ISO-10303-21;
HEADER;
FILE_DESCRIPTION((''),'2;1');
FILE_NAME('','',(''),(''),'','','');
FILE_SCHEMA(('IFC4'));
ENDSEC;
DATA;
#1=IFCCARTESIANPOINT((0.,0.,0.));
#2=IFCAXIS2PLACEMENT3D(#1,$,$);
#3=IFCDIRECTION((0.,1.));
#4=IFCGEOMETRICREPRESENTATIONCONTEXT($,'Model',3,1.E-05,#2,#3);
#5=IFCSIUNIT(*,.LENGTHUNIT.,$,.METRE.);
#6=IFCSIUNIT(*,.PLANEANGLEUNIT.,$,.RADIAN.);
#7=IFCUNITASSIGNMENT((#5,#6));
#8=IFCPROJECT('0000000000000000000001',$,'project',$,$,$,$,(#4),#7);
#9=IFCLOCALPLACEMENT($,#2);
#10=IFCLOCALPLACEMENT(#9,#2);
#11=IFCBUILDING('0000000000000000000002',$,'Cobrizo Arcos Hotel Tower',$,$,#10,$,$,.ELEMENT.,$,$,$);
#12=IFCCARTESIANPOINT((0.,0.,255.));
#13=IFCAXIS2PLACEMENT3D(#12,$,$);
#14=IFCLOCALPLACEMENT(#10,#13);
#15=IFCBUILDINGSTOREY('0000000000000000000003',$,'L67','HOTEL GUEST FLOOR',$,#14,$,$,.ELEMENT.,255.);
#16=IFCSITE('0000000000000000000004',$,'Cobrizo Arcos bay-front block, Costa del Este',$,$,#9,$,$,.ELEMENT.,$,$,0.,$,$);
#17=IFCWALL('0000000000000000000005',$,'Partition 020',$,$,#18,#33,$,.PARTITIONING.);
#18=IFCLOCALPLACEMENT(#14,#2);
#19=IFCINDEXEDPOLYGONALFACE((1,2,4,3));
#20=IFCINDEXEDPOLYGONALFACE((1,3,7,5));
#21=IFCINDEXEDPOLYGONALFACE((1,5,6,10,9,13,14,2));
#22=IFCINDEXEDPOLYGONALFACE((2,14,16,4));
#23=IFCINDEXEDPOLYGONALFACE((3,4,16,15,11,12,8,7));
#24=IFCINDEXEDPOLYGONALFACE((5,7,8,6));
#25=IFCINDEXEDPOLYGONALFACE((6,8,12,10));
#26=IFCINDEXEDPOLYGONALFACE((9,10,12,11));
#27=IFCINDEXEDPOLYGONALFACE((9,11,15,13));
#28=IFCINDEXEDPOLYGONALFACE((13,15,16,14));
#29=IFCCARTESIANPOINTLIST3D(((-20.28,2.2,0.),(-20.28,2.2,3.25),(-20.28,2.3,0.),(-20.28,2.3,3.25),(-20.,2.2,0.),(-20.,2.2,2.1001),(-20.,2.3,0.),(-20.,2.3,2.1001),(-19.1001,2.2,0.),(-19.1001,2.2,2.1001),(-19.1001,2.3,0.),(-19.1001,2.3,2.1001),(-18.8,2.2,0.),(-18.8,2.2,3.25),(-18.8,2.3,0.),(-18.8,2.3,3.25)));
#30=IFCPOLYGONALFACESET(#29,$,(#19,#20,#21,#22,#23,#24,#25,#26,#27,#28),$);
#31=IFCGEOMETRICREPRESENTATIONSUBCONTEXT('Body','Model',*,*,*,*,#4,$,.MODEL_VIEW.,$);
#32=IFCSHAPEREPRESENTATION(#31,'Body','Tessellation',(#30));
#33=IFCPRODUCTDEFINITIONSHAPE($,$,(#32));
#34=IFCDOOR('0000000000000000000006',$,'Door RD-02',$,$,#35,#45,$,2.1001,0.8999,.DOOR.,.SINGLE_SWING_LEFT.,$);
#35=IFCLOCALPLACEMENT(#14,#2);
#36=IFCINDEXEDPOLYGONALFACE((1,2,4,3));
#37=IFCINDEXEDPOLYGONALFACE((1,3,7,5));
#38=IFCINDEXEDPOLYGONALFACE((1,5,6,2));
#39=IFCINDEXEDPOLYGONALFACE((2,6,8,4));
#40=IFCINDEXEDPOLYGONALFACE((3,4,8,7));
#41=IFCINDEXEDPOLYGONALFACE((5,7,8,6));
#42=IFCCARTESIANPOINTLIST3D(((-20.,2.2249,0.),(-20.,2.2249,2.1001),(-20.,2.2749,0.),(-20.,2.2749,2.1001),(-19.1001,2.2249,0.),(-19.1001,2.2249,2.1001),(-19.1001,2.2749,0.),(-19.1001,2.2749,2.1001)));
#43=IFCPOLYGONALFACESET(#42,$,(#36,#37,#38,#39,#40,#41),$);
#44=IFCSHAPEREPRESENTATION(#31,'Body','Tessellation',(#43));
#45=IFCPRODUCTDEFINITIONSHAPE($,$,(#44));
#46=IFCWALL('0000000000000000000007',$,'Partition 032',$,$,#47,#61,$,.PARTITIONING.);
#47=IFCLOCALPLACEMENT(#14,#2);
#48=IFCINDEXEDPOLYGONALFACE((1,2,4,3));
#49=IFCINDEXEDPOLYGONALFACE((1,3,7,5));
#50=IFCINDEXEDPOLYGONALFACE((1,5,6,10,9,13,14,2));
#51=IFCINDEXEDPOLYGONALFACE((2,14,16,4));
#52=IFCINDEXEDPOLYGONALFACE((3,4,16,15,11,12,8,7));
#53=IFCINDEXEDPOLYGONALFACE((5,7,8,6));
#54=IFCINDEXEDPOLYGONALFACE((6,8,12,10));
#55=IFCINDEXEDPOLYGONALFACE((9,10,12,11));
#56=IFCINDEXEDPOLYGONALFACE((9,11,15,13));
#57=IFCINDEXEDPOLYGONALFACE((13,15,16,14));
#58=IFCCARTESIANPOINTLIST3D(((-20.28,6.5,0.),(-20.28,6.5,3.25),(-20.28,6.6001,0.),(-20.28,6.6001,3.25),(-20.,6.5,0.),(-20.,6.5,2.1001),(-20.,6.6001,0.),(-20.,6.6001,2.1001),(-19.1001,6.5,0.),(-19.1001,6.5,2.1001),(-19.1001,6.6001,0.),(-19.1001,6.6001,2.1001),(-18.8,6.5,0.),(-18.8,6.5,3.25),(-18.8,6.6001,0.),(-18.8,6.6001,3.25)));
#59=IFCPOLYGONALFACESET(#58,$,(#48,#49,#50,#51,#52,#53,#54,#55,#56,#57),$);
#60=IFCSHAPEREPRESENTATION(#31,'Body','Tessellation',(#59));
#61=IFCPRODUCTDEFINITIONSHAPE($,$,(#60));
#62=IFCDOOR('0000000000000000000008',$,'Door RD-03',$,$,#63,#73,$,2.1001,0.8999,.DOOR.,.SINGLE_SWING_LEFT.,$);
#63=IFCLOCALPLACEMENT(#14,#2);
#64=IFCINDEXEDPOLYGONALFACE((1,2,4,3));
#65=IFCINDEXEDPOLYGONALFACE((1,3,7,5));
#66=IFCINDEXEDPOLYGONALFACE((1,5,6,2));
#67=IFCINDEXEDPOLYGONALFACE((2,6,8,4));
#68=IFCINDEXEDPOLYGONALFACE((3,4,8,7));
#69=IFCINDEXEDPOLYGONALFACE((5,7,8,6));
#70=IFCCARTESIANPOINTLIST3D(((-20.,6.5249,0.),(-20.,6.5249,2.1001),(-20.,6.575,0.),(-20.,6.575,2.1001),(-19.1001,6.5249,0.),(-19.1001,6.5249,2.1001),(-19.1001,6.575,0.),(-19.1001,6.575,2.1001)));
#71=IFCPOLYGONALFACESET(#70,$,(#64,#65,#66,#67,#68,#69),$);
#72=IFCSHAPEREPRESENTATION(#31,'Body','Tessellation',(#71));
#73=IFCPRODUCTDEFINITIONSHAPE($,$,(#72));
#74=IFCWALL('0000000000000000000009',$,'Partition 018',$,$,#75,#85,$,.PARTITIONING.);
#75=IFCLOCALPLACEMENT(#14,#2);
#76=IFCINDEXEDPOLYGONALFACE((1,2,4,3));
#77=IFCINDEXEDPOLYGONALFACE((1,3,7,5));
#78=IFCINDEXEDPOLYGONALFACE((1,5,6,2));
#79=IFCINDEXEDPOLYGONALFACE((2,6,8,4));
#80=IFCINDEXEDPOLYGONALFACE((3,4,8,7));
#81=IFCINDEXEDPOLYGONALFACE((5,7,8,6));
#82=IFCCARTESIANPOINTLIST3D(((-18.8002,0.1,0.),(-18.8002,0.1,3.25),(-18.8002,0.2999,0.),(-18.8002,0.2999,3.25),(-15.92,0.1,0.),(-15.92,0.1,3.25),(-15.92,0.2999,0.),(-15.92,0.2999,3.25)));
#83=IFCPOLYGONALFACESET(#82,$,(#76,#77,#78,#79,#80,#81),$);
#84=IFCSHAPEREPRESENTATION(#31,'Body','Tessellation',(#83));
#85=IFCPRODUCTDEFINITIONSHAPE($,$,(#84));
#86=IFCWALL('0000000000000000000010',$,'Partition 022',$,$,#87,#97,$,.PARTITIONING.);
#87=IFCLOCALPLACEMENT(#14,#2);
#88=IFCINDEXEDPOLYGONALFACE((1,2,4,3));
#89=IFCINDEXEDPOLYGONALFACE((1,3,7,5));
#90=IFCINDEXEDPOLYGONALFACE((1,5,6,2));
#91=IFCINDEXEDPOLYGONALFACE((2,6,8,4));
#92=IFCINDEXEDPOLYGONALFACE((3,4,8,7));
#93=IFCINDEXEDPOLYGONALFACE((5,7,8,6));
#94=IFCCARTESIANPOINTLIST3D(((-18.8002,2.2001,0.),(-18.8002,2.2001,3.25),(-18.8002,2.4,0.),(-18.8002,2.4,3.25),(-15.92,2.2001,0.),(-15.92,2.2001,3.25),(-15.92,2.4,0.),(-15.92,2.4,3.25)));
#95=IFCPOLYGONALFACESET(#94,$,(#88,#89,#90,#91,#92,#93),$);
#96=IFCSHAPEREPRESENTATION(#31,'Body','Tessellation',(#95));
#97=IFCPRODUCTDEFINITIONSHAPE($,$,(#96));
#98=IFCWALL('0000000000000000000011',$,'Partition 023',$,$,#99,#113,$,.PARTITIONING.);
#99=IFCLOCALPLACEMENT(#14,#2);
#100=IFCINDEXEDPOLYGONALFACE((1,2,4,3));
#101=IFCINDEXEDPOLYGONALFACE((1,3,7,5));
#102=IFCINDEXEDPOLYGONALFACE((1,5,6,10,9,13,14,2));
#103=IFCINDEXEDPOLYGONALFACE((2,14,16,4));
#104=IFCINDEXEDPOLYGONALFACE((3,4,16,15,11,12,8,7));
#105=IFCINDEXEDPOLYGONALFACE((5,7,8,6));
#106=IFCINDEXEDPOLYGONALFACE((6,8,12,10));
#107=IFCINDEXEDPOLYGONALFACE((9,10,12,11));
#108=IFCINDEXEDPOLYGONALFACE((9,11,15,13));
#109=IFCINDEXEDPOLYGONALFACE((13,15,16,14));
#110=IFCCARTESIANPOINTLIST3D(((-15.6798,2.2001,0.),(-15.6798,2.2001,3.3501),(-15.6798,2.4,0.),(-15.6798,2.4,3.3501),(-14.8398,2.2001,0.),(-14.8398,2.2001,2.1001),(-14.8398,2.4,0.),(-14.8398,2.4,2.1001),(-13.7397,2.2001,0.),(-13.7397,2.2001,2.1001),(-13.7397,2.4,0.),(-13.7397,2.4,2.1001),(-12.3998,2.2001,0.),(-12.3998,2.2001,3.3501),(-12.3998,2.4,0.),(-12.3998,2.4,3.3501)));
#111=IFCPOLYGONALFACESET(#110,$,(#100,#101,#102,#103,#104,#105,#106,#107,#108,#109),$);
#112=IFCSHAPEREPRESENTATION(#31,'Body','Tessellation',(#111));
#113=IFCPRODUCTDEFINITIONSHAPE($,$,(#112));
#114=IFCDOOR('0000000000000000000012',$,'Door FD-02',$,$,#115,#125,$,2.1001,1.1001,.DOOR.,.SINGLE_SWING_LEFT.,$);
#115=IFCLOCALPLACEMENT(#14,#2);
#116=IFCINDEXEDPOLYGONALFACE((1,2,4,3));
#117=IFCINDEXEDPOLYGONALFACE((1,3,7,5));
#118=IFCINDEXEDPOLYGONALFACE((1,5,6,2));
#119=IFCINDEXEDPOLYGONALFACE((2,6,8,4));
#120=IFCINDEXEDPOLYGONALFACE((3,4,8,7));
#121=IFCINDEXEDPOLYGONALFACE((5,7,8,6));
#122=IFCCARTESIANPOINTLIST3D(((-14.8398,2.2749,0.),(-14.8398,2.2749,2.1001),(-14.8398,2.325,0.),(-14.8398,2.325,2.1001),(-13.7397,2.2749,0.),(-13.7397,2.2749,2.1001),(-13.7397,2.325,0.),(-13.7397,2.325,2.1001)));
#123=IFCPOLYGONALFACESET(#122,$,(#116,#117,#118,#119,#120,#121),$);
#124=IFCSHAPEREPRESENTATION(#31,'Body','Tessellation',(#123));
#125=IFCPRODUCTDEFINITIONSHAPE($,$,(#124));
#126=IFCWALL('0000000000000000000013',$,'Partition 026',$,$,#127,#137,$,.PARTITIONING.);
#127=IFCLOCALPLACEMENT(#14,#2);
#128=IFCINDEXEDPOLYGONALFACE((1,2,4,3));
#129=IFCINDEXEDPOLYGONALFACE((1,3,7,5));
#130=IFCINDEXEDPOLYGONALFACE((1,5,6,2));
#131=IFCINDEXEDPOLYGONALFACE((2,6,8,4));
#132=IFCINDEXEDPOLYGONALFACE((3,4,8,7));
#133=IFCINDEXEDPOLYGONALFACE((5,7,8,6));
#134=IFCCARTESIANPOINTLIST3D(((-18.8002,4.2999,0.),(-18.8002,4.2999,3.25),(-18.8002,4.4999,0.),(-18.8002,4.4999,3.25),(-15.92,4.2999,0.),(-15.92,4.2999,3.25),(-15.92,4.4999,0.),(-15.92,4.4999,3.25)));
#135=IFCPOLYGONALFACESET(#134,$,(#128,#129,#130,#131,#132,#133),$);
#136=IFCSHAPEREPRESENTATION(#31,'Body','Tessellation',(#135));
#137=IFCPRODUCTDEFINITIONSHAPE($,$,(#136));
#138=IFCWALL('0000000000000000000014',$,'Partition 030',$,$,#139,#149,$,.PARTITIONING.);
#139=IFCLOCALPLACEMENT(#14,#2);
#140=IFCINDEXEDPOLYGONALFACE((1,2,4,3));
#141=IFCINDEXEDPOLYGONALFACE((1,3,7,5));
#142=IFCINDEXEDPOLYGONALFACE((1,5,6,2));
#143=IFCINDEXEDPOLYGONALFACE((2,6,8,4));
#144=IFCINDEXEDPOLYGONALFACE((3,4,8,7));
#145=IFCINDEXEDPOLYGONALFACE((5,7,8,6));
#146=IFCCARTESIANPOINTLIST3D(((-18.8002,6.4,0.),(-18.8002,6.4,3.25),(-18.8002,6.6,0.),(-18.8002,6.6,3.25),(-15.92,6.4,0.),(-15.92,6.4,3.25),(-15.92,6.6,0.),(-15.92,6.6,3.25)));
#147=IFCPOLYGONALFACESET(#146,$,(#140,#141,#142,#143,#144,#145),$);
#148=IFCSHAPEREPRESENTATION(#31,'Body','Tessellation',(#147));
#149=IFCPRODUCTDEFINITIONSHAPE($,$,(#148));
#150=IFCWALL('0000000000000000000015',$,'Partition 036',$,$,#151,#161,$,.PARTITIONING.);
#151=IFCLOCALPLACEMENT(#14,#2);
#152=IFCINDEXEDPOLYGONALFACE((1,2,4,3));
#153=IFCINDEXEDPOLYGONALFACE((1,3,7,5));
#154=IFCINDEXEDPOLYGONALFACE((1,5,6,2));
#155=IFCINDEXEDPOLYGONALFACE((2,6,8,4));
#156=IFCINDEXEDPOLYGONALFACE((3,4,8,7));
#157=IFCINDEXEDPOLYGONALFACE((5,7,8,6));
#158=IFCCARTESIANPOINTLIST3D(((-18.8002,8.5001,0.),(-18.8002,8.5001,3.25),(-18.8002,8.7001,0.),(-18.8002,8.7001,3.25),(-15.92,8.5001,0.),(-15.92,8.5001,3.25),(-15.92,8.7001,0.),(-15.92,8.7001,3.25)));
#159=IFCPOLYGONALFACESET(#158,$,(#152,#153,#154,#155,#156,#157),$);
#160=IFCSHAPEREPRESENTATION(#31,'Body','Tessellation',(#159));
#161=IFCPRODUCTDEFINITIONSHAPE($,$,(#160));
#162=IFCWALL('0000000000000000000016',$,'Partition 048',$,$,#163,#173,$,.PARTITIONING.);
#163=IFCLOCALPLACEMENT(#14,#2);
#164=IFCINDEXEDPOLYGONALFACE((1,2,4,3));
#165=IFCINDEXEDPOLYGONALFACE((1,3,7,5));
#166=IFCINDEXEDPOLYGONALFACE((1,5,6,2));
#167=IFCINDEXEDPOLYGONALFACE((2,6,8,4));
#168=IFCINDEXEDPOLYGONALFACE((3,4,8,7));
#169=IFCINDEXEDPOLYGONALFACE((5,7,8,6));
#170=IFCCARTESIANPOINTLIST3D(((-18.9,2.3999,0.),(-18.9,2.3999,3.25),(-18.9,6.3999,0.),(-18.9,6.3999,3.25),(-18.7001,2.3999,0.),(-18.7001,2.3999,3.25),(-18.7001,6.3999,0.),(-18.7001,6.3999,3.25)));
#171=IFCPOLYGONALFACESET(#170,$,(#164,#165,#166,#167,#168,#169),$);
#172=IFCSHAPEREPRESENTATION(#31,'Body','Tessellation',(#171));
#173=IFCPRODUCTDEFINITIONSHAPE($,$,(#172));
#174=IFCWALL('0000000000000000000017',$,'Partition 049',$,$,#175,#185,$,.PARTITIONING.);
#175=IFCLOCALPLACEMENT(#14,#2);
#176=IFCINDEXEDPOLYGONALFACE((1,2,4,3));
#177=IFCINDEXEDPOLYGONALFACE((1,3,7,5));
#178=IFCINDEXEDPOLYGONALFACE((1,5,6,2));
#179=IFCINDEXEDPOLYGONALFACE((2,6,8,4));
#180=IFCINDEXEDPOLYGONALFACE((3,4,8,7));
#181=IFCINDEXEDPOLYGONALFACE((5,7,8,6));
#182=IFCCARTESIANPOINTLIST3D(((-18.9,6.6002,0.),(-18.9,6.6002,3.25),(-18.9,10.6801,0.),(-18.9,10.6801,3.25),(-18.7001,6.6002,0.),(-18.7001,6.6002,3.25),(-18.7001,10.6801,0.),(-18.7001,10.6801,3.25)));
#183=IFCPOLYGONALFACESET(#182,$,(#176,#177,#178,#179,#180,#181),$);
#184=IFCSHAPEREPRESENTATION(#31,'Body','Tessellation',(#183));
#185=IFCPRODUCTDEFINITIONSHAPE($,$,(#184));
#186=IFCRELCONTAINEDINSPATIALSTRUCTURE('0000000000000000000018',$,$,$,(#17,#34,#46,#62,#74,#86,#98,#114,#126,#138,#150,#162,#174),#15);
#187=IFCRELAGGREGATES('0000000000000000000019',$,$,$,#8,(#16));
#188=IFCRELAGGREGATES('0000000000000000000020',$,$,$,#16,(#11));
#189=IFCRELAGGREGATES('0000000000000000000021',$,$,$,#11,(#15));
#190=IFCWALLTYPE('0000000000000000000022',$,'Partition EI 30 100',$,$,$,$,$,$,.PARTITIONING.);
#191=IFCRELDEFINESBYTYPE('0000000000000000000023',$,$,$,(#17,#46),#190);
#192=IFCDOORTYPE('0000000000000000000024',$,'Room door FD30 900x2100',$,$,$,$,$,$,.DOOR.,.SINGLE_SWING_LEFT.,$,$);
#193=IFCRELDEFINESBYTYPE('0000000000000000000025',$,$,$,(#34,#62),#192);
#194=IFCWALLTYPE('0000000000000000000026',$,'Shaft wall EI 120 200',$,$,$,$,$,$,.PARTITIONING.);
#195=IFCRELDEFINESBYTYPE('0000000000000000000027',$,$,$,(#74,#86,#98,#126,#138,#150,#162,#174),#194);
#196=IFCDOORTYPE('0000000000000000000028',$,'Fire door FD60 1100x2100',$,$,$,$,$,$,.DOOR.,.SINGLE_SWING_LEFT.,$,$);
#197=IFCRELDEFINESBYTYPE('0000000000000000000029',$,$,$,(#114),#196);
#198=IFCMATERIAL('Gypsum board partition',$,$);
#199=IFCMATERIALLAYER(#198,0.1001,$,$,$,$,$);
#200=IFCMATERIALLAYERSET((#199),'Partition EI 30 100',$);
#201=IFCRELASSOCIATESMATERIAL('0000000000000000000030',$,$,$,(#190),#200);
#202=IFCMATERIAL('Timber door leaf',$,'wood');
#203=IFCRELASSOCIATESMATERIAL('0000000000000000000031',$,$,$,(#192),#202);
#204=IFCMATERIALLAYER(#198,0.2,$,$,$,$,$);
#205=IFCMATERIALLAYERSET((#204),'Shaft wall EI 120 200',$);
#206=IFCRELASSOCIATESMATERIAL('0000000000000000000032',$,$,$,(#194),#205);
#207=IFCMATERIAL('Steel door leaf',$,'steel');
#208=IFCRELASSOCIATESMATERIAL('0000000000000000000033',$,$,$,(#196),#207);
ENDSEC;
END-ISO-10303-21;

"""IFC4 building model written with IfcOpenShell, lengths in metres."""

from ifc_helpers import new_model, si_unit, direction, frame, frame_2d, origin, place, context, subcontext, project, spatial, rectangle, extrude, material, layer, layer_set, type_object, element, fill, save


model = new_model("IFC4")

# Units and contexts
model_context = context("Model", 3, precision=1e-05, world=origin(), true_north=direction((0.0, 1.0)))
body_context = subcontext(model_context, "Body", "Model", "MODEL_VIEW")
ifc_project = project(units=[si_unit("LENGTHUNIT", "METRE"), si_unit("PLANEANGLEUNIT", "RADIAN")], contexts=[model_context])

# Site, building, storey
site_placement = place(None, origin())
site = spatial("IfcSite", under=ifc_project, at=site_placement, Name="Cobrizo Arcos bay-front block, Costa del Este", CompositionType="ELEMENT", RefElevation=0.0)
building_placement = place(site_placement, origin())
building = spatial("IfcBuilding", under=site, at=building_placement, Name="Cobrizo Arcos Hotel Tower", CompositionType="ELEMENT")
storey_placement = place(building_placement, frame((0.0, 0.0, 255.0)))
storey = spatial("IfcBuildingStorey", under=building, at=storey_placement, Name="L67", Description="HOTEL GUEST FLOOR", CompositionType="ELEMENT", Elevation=255.0)

# Walls, openings, doors
ifc_material_1 = material(Name="Gypsum board partition")
ifc_layer_1 = layer(ifc_material_1, 0.1001)
ifc_layer_set_1 = layer_set([ifc_layer_1], Name="Partition EI 30 100")
wall_type_1 = type_object("IfcWallType", Name="Partition EI 30 100", PredefinedType="PARTITIONING", material=ifc_layer_set_1)
wall_1_placement = place(storey_placement, frame((-20.28, 2.25, 0.0), z_axis=(0.0, 0.0, 1.0), x_axis=(1.0, 0.0, 0.0)))
wall_1 = element("IfcWall", 1, at=wall_1_placement, inside=storey, type_object=wall_type_1, Name="Partition 020", PredefinedType="PARTITIONING", context=body_context, shape_type="SweptSolid", body=[
    extrude(rectangle(XDim=1.48, YDim=0.1001, at=frame_2d((0.74, 0.0))), origin(), (0.0, 0.0, 1.0), 3.25),
])
opening_1_placement = place(wall_1_placement, frame((0.28, 0.0, 0.0)))
opening_1 = element("IfcOpeningElement", 2, at=opening_1_placement, cuts=wall_1, PredefinedType="OPENING", context=body_context, shape_type="SweptSolid", body=[
    extrude(rectangle(XDim=0.8999, YDim=2.1001, at=frame_2d((0.45, 1.05))), frame((0.0, 0.062, 0.0), z_axis=(0.0, -1.0, 0.0), x_axis=(1.0, 0.0, 0.0)), (0.0, 0.0, 1.0), 0.124),
])
ifc_material_2 = material(Name="Timber door leaf", Category="wood")
door_type_1 = type_object("IfcDoorType", Name="Room door FD30 900x2100", OperationType="SINGLE_SWING_LEFT", PredefinedType="DOOR", material=ifc_material_2)
door_1_placement = place(opening_1_placement, origin())
door_1 = element("IfcDoor", 3, at=door_1_placement, inside=storey, type_object=door_type_1, Name="Door RD-02", OperationType="SINGLE_SWING_LEFT", OverallHeight=2.1001, OverallWidth=0.8999, PredefinedType="DOOR", context=body_context, shape_type="SweptSolid", body=[
    extrude(rectangle(XDim=0.8999, YDim=2.1001, at=frame_2d((0.45, 1.05))), frame((0.0, 0.0249, 0.0), z_axis=(0.0, -1.0, 0.0), x_axis=(1.0, 0.0, 0.0)), (0.0, 0.0, 1.0), 0.05),
])
fill(opening_1, door_1)
wall_2_placement = place(storey_placement, frame((-20.28, 6.55, 0.0), z_axis=(0.0, 0.0, 1.0), x_axis=(1.0, 0.0, 0.0)))
wall_2 = element("IfcWall", 4, at=wall_2_placement, inside=storey, type_object=wall_type_1, Name="Partition 032", PredefinedType="PARTITIONING", context=body_context, shape_type="SweptSolid", body=[
    extrude(rectangle(XDim=1.48, YDim=0.1001, at=frame_2d((0.74, 0.0))), origin(), (0.0, 0.0, 1.0), 3.25),
])
opening_2_placement = place(wall_2_placement, frame((0.28, 0.0, 0.0)))
opening_2 = element("IfcOpeningElement", 5, at=opening_2_placement, cuts=wall_2, PredefinedType="OPENING", context=body_context, shape_type="SweptSolid", body=[
    extrude(rectangle(XDim=0.8999, YDim=2.1001, at=frame_2d((0.45, 1.05))), frame((0.0, 0.062, 0.0), z_axis=(0.0, -1.0, 0.0), x_axis=(1.0, 0.0, 0.0)), (0.0, 0.0, 1.0), 0.124),
])
door_2_placement = place(opening_2_placement, origin())
door_2 = element("IfcDoor", 6, at=door_2_placement, inside=storey, type_object=door_type_1, Name="Door RD-03", OperationType="SINGLE_SWING_LEFT", OverallHeight=2.1001, OverallWidth=0.8999, PredefinedType="DOOR", context=body_context, shape_type="SweptSolid", body=[
    extrude(rectangle(XDim=0.8999, YDim=2.1001, at=frame_2d((0.45, 1.05))), frame((0.0, 0.0249, 0.0), z_axis=(0.0, -1.0, 0.0), x_axis=(1.0, 0.0, 0.0)), (0.0, 0.0, 1.0), 0.05),
])
fill(opening_2, door_2)

# Walls
ifc_layer_2 = layer(ifc_material_1, 0.2)
ifc_layer_set_2 = layer_set([ifc_layer_2], Name="Shaft wall EI 120 200")
wall_type_2 = type_object("IfcWallType", Name="Shaft wall EI 120 200", PredefinedType="PARTITIONING", material=ifc_layer_set_2)
for number, where, z_axis, x_axis, name in (
    (7, (-18.8, 0.2, 0.0), (0.0, 0.0, 1.0), (1.0, 0.0, 0.0), "Partition 018"),
    (8, (-18.8, 2.3, 0.0), (0.0, 0.0, 1.0), (1.0, 0.0, 0.0), "Partition 022"),
):
    element("IfcWall", number, at=place(storey_placement, frame(where, z_axis=z_axis, x_axis=x_axis)), inside=storey, type_object=wall_type_2, Name=name, PredefinedType="PARTITIONING", context=body_context, shape_type="SweptSolid", body=[
        extrude(rectangle(XDim=2.8801, YDim=0.2, at=frame_2d((1.4399, 0.0))), origin(), (0.0, 0.0, 1.0), 3.25),
    ])

# Wall, opening, door
wall_3_placement = place(storey_placement, frame((-15.6799, 2.3, 0.0), z_axis=(0.0, 0.0, 1.0), x_axis=(1.0, 0.0, 0.0)))
wall_3 = element("IfcWall", 9, at=wall_3_placement, inside=storey, type_object=wall_type_2, Name="Partition 023", PredefinedType="PARTITIONING", context=body_context, shape_type="SweptSolid", body=[
    extrude(rectangle(XDim=3.28, YDim=0.2, at=frame_2d((1.6401, 0.0))), origin(), (0.0, 0.0, 1.0), 3.3501),
])
opening_3_placement = place(wall_3_placement, frame((0.8401, 0.0, 0.0)))
opening_3 = element("IfcOpeningElement", 10, at=opening_3_placement, cuts=wall_3, PredefinedType="OPENING", context=body_context, shape_type="SweptSolid", body=[
    extrude(rectangle(XDim=1.1001, YDim=2.1001, at=frame_2d((0.55, 1.05))), frame((0.0, 0.1121, 0.0), z_axis=(0.0, -1.0, 0.0), x_axis=(1.0, 0.0, 0.0)), (0.0, 0.0, 1.0), 0.2239),
])
ifc_material_3 = material(Name="Steel door leaf", Category="steel")
door_type_2 = type_object("IfcDoorType", Name="Fire door FD60 1100x2100", OperationType="SINGLE_SWING_LEFT", PredefinedType="DOOR", material=ifc_material_3)
door_3_placement = place(opening_3_placement, origin())
door_3 = element("IfcDoor", 11, at=door_3_placement, inside=storey, type_object=door_type_2, Name="Door FD-02", OperationType="SINGLE_SWING_LEFT", OverallHeight=2.1001, OverallWidth=1.1001, PredefinedType="DOOR", context=body_context, shape_type="SweptSolid", body=[
    extrude(rectangle(XDim=1.1001, YDim=2.1001, at=frame_2d((0.55, 1.05))), frame((0.0, 0.0249, 0.0), z_axis=(0.0, -1.0, 0.0), x_axis=(1.0, 0.0, 0.0)), (0.0, 0.0, 1.0), 0.05),
])
fill(opening_3, door_3)

# Walls
for number, where, z_axis, x_axis, name in (
    (12, (-18.8, 4.3999, 0.0), (0.0, 0.0, 1.0), (1.0, 0.0, 0.0), "Partition 026"),
    (13, (-18.8, 6.5, 0.0), (0.0, 0.0, 1.0), (1.0, 0.0, 0.0), "Partition 030"),
    (14, (-18.8, 8.6001, 0.0), (0.0, 0.0, 1.0), (1.0, 0.0, 0.0), "Partition 036"),
):
    element("IfcWall", number, at=place(storey_placement, frame(where, z_axis=z_axis, x_axis=x_axis)), inside=storey, type_object=wall_type_2, Name=name, PredefinedType="PARTITIONING", context=body_context, shape_type="SweptSolid", body=[
        extrude(rectangle(XDim=2.8801, YDim=0.2, at=frame_2d((1.4399, 0.0))), origin(), (0.0, 0.0, 1.0), 3.25),
    ])
wall_4_placement = place(storey_placement, frame((-18.8, 2.3999, 0.0), z_axis=(0.0, 0.0, 1.0), x_axis=(0.0, 1.0, 0.0)))
element("IfcWall", 15, at=wall_4_placement, inside=storey, type_object=wall_type_2, Name="Partition 048", PredefinedType="PARTITIONING", context=body_context, shape_type="SweptSolid", body=[
    extrude(rectangle(XDim=4.0, YDim=0.2, at=frame_2d((2.0, 0.0))), origin(), (0.0, 0.0, 1.0), 3.25),
])
wall_5_placement = place(storey_placement, frame((-18.8, 6.6001, 0.0), z_axis=(0.0, 0.0, 1.0), x_axis=(0.0, 1.0, 0.0)))
element("IfcWall", 16, at=wall_5_placement, inside=storey, type_object=wall_type_2, Name="Partition 049", PredefinedType="PARTITIONING", context=body_context, shape_type="SweptSolid", body=[
    extrude(rectangle(XDim=4.0798, YDim=0.2, at=frame_2d((2.04, 0.0))), origin(), (0.0, 0.0, 1.0), 3.25),
])

save(model, "model.ifc")
